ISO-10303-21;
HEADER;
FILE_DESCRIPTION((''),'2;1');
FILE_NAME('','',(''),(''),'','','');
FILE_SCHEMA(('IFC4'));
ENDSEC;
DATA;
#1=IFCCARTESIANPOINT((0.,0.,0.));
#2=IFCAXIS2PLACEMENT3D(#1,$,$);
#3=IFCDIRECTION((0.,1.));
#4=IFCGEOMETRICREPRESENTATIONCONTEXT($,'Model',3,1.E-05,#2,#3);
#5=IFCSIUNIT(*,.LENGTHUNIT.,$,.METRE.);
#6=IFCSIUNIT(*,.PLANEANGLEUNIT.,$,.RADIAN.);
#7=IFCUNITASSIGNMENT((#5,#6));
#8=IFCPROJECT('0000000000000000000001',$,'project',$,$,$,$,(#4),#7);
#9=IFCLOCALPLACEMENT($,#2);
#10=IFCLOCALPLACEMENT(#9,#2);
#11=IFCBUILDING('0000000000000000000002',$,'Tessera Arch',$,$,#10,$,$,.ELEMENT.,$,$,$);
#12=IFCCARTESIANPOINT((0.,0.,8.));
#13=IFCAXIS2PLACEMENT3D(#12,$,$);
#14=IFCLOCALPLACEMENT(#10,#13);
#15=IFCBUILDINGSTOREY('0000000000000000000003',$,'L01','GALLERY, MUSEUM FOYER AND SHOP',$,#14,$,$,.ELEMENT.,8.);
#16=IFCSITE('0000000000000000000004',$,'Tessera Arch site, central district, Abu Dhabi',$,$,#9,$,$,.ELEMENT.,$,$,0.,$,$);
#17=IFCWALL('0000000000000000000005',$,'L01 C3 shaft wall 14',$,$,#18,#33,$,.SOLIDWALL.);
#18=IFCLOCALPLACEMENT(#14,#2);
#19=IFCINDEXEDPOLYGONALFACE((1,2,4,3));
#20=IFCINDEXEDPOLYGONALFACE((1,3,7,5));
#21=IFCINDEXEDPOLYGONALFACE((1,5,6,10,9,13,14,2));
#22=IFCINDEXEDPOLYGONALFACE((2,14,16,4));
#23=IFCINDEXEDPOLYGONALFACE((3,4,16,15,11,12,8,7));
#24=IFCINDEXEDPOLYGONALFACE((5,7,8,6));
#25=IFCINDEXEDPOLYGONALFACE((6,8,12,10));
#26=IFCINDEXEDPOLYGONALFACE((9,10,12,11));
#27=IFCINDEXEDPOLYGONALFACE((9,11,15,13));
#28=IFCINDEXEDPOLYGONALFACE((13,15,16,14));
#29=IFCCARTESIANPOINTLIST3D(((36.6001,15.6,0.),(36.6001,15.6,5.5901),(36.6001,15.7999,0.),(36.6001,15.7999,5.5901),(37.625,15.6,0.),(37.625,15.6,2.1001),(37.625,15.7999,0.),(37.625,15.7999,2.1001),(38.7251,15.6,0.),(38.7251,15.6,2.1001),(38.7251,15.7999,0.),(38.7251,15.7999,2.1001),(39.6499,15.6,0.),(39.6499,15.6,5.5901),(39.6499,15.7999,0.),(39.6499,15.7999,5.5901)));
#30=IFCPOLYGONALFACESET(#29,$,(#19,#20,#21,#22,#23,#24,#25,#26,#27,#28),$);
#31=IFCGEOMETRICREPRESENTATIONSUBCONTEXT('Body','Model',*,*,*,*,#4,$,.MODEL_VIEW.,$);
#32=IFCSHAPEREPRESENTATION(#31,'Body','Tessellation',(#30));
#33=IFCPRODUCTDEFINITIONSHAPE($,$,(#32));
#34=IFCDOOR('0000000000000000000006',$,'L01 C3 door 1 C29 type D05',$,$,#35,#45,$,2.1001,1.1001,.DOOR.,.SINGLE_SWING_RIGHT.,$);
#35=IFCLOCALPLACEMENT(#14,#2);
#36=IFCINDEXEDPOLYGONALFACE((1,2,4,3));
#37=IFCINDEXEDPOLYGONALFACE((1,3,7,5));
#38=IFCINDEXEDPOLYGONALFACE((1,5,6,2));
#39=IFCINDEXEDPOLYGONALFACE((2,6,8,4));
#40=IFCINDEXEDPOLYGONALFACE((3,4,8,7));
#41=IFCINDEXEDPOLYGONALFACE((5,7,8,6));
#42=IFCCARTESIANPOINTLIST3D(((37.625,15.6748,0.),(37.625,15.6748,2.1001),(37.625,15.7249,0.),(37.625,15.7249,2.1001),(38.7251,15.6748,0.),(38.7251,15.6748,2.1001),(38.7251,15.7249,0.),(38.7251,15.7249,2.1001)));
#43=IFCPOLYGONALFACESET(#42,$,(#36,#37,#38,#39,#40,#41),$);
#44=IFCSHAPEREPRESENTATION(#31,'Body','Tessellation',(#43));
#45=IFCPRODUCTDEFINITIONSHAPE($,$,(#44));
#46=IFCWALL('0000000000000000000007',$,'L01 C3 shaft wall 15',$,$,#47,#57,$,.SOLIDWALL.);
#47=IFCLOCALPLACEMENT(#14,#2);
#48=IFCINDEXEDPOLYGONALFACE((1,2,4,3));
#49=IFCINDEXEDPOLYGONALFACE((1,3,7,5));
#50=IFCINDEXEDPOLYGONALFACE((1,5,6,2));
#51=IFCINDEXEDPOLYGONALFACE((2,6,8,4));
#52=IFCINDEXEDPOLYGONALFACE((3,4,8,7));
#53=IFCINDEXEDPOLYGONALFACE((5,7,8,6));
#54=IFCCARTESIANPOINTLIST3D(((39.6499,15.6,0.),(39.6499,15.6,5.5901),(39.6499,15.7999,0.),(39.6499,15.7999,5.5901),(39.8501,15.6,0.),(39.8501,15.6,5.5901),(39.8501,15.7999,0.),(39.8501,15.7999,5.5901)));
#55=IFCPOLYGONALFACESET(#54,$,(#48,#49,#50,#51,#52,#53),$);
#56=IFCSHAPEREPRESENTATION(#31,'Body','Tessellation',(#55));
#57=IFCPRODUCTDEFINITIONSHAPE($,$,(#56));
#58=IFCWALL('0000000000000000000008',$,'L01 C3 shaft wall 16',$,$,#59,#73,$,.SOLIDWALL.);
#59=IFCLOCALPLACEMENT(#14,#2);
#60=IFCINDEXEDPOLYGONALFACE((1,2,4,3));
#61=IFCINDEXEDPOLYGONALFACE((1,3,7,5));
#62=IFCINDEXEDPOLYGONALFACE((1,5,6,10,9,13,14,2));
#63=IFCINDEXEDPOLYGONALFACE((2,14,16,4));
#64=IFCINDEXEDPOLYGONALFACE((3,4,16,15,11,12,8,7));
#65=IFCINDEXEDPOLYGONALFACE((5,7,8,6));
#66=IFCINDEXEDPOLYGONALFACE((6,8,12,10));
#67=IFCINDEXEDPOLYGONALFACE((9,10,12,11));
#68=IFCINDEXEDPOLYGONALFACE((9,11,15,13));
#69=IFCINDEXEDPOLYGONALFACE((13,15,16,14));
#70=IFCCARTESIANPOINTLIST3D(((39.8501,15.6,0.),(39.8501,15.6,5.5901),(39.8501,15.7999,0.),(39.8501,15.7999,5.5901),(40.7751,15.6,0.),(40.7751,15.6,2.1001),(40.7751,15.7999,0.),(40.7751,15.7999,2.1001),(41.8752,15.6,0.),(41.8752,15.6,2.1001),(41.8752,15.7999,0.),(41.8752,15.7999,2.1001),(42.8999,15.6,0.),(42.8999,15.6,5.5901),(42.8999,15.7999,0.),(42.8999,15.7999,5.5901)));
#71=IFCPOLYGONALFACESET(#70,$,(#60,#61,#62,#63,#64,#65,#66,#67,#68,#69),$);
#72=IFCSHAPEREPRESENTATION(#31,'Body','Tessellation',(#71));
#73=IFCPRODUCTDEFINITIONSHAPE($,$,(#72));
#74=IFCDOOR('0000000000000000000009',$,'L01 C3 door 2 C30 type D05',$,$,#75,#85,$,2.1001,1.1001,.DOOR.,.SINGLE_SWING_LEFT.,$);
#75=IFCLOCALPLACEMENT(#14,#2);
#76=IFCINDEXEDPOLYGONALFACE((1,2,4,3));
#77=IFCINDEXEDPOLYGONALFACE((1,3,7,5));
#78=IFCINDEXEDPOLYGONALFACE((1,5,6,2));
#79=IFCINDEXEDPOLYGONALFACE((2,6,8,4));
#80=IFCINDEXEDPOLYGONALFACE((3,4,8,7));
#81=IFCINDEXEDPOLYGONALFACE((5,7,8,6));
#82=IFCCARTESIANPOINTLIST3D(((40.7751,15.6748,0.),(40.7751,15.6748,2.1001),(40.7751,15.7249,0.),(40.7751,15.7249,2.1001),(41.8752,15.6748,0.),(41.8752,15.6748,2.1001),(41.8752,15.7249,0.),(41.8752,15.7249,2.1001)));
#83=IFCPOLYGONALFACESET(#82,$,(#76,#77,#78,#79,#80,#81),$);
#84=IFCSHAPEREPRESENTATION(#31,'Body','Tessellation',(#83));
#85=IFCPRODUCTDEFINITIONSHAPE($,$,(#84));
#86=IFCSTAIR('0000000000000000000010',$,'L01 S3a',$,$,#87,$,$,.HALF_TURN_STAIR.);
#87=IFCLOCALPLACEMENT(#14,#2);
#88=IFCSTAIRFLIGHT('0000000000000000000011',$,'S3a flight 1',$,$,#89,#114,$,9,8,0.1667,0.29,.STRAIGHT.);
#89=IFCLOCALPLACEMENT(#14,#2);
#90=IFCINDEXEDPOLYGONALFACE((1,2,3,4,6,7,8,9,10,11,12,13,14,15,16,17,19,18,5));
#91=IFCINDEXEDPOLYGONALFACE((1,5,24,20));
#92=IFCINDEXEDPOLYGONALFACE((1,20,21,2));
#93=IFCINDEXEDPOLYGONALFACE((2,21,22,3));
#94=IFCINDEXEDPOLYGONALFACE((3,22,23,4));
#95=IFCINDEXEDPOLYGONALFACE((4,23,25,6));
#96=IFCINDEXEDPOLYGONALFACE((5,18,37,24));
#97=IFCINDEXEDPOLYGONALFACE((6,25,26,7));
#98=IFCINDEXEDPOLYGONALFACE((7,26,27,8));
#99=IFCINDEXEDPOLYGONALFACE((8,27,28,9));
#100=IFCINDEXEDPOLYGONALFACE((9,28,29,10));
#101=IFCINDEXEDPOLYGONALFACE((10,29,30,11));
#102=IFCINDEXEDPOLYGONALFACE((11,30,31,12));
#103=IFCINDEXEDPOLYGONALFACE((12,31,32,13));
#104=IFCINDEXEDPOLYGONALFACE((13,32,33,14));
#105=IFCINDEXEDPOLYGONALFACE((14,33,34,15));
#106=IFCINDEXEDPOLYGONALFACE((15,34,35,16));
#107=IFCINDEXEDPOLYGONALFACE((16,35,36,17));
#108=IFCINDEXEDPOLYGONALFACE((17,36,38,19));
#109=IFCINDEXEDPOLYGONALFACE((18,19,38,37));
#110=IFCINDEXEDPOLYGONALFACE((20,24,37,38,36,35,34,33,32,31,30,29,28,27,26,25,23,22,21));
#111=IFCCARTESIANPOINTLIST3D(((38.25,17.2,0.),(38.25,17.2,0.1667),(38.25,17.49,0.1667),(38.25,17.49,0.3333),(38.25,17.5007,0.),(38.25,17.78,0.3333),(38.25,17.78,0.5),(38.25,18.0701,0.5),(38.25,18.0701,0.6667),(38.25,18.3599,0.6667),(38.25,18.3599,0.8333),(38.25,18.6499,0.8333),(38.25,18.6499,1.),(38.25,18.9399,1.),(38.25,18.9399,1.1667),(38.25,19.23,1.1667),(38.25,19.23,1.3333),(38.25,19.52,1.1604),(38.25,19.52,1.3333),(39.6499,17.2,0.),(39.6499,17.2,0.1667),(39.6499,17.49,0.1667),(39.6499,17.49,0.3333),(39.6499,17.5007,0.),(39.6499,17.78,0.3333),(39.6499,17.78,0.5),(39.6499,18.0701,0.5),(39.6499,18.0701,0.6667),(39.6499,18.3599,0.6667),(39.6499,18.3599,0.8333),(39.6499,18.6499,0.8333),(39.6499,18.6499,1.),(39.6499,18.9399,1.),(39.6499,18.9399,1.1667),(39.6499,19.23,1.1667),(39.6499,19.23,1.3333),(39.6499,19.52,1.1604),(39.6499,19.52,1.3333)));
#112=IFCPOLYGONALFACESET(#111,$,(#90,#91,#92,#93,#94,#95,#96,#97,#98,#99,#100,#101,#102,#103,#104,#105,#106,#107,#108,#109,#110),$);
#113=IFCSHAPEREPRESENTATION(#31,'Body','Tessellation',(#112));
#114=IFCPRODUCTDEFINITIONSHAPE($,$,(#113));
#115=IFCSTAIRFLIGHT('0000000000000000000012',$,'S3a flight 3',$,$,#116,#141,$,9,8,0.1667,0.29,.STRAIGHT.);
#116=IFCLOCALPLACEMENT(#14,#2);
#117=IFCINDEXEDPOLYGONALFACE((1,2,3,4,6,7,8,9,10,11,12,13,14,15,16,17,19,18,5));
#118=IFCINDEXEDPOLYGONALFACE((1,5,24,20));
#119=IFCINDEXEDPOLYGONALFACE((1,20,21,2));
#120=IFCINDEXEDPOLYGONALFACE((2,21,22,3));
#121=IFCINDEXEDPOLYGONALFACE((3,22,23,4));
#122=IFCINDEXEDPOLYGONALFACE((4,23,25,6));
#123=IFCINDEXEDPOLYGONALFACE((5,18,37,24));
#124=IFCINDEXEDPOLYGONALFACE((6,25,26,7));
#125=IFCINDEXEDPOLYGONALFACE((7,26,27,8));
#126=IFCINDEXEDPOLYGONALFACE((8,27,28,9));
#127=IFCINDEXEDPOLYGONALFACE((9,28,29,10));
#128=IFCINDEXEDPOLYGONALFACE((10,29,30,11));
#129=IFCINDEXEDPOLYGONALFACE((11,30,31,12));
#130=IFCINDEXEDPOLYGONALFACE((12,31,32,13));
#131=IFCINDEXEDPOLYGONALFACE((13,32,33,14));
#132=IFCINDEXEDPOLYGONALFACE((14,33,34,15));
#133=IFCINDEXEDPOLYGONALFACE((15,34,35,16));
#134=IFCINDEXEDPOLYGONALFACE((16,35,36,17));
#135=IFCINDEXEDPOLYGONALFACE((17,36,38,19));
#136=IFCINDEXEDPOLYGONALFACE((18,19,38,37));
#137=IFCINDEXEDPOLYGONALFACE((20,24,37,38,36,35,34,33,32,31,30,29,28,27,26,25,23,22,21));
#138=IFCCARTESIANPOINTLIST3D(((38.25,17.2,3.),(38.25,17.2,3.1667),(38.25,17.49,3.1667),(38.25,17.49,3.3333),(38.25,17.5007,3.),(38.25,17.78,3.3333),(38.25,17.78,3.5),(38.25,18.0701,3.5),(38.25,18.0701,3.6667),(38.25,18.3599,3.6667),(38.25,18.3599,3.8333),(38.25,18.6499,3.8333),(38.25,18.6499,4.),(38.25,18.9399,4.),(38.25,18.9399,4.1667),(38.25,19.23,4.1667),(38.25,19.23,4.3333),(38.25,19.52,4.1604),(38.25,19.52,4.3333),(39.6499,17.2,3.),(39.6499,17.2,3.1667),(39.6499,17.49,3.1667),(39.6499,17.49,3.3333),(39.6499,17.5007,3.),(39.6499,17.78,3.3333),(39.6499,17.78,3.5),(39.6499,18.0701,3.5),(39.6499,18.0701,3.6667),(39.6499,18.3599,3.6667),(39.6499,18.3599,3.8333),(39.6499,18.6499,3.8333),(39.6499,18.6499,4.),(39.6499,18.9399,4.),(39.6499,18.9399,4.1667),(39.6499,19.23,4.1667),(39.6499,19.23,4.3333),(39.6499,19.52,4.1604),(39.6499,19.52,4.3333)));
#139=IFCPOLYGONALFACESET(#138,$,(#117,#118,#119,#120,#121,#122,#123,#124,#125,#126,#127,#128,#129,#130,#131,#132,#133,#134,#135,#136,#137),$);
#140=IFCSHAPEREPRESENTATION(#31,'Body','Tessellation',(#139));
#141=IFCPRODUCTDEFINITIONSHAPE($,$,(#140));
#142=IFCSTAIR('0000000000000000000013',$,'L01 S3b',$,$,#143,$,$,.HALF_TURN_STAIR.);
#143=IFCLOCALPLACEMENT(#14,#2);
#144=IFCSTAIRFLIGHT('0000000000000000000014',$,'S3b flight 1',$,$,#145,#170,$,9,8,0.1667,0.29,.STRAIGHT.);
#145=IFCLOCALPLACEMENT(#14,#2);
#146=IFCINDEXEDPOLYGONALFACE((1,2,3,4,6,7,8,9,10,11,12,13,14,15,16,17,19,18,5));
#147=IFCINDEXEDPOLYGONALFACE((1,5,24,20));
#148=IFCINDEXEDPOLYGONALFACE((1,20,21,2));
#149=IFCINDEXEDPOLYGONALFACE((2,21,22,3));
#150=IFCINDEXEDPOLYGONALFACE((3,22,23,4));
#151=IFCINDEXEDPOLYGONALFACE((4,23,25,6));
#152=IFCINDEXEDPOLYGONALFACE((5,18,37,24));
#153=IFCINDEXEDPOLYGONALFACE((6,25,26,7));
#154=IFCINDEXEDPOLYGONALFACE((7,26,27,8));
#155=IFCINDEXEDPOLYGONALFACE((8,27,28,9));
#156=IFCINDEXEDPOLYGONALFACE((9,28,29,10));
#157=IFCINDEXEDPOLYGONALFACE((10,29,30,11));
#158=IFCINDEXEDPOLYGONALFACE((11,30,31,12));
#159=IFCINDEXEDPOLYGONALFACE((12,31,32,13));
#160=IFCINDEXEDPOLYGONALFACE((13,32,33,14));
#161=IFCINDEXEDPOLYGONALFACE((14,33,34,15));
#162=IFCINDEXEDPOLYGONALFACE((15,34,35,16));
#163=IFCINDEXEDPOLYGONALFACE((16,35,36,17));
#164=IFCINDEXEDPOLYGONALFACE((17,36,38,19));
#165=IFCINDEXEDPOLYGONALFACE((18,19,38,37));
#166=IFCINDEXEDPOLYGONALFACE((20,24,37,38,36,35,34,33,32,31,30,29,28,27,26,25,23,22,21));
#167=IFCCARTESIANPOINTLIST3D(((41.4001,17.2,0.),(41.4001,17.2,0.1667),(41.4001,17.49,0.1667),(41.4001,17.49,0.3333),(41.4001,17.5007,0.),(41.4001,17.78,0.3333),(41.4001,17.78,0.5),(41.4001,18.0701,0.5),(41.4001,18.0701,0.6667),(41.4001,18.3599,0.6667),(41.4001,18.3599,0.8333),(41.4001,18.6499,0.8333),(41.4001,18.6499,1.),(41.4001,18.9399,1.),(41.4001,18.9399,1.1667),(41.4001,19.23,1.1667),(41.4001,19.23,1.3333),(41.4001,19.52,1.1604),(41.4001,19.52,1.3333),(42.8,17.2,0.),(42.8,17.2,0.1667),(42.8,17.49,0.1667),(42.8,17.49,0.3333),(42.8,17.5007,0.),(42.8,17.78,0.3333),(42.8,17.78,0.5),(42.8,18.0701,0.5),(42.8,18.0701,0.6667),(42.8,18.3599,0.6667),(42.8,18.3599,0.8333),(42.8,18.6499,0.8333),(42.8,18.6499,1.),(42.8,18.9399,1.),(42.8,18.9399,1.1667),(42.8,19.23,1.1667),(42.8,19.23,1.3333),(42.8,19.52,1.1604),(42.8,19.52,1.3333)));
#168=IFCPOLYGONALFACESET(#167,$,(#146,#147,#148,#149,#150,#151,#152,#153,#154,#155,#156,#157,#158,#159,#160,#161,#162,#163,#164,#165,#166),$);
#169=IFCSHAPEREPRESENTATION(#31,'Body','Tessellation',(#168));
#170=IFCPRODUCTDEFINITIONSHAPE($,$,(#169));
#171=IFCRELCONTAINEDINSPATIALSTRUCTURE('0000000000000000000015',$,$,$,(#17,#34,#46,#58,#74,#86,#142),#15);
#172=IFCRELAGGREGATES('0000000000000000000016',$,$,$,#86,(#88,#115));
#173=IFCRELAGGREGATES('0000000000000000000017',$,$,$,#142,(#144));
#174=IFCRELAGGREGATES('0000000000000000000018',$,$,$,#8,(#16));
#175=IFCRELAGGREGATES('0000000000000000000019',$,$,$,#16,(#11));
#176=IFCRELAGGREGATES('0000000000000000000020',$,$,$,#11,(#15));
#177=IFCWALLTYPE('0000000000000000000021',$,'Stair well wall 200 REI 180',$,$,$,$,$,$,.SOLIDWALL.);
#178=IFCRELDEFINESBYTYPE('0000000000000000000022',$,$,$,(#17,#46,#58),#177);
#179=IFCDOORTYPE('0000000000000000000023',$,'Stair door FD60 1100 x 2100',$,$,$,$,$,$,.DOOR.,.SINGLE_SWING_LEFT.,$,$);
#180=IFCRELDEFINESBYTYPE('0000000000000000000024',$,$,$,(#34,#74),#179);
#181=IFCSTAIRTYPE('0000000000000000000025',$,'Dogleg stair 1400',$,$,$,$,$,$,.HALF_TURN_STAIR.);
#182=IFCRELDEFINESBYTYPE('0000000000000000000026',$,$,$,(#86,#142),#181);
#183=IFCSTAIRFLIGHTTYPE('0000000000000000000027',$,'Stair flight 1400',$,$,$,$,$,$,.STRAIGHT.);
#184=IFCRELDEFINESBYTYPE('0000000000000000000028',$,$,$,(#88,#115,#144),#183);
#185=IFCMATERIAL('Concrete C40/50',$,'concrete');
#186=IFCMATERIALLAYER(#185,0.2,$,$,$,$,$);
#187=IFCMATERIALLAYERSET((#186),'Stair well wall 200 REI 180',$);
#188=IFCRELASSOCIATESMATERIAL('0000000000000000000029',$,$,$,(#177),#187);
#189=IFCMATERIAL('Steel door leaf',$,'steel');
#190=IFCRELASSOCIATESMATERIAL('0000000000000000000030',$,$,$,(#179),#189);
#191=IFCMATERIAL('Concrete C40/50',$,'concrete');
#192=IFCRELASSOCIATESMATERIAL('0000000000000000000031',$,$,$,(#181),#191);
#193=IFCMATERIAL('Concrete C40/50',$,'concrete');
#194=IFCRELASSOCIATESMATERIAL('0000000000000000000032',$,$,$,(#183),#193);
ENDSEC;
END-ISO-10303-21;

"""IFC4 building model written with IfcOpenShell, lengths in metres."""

from ifc_helpers import new_model, si_unit, direction, frame, frame_2d, origin, place, context, subcontext, project, spatial, polyline, rectangle, outline, extrude, material, layer, layer_set, type_object, element, fill, aggregate, save


model = new_model("IFC4")

# Units and contexts
model_context = context("Model", 3, precision=1e-05, world=origin(), true_north=direction((0.0, 1.0)))
body_context = subcontext(model_context, "Body", "Model", "MODEL_VIEW")
ifc_project = project(units=[si_unit("LENGTHUNIT", "METRE"), si_unit("PLANEANGLEUNIT", "RADIAN")], contexts=[model_context])

# Site, building, storey
site_placement = place(None, origin())
site = spatial("IfcSite", under=ifc_project, at=site_placement, Name="Tessera Arch site, central district, Abu Dhabi", CompositionType="ELEMENT", RefElevation=0.0)
building_placement = place(site_placement, origin())
building = spatial("IfcBuilding", under=site, at=building_placement, Name="Tessera Arch", CompositionType="ELEMENT")
storey_placement = place(building_placement, frame((0.0, 0.0, 8.0)))
storey = spatial("IfcBuildingStorey", under=building, at=storey_placement, Name="L01", Description="GALLERY, MUSEUM FOYER AND SHOP", CompositionType="ELEMENT", Elevation=8.0)

# Shared definitions
ifc_material_1 = material(Name="Concrete C40/50", Category="concrete")
ifc_layer_1 = layer(ifc_material_1, 0.2)
ifc_layer_set_1 = layer_set([ifc_layer_1], Name="Stair well wall 200 REI 180")
wall_type_1 = type_object("IfcWallType", Name="Stair well wall 200 REI 180", PredefinedType="SOLIDWALL", material=ifc_layer_set_1)

# Wall, opening, door
wall_1_placement = place(storey_placement, frame((36.6001, 15.7, 0.0), z_axis=(0.0, 0.0, 1.0), x_axis=(1.0, 0.0, 0.0)))
wall_1 = element("IfcWall", 1, at=wall_1_placement, inside=storey, type_object=wall_type_1, Name="L01 C3 shaft wall 14", PredefinedType="SOLIDWALL", context=body_context, shape_type="SweptSolid", body=[
    extrude(rectangle(XDim=3.0498, YDim=0.2, at=frame_2d((1.5249, 0.0))), origin(), (0.0, 0.0, 1.0), 5.5901),
])
opening_1_placement = place(wall_1_placement, frame((1.0249, 0.0, 0.0)))
opening_1 = element("IfcOpeningElement", 2, at=opening_1_placement, cuts=wall_1, PredefinedType="OPENING", context=body_context, shape_type="SweptSolid", body=[
    extrude(rectangle(XDim=1.1001, YDim=2.1001, at=frame_2d((0.55, 1.05))), frame((0.0, 0.1099, 0.0), z_axis=(0.0, -1.0, 0.0), x_axis=(1.0, 0.0, 0.0)), (0.0, 0.0, 1.0), 0.22),
])
ifc_material_2 = material(Name="Steel door leaf", Category="steel")
door_type_1 = type_object("IfcDoorType", Name="Stair door FD60 1100 x 2100", OperationType="SINGLE_SWING_LEFT", PredefinedType="DOOR", material=ifc_material_2)
door_1_placement = place(opening_1_placement, origin())
door_1 = element("IfcDoor", 3, at=door_1_placement, inside=storey, type_object=door_type_1, Name="L01 C3 door 1 C29 type D05", OperationType="SINGLE_SWING_RIGHT", OverallHeight=2.1001, OverallWidth=1.1001, PredefinedType="DOOR", context=body_context, shape_type="SweptSolid", body=[
    extrude(rectangle(XDim=1.1001, YDim=2.1001, at=frame_2d((0.55, 1.05))), frame((0.0, 0.0249, 0.0), z_axis=(0.0, -1.0, 0.0), x_axis=(1.0, 0.0, 0.0)), (0.0, 0.0, 1.0), 0.05),
])
fill(opening_1, door_1)

# Wall
wall_2_placement = place(storey_placement, frame((39.6499, 15.7, 0.0), z_axis=(0.0, 0.0, 1.0), x_axis=(1.0, 0.0, 0.0)))
element("IfcWall", 4, at=wall_2_placement, inside=storey, type_object=wall_type_1, Name="L01 C3 shaft wall 15", PredefinedType="SOLIDWALL", context=body_context, shape_type="SweptSolid", body=[
    extrude(rectangle(XDim=0.2002, YDim=0.2, at=frame_2d((0.1001, 0.0))), origin(), (0.0, 0.0, 1.0), 5.5901),
])

# Wall, opening, door
wall_3_placement = place(storey_placement, frame((39.8501, 15.7, 0.0), z_axis=(0.0, 0.0, 1.0), x_axis=(1.0, 0.0, 0.0)))
wall_3 = element("IfcWall", 5, at=wall_3_placement, inside=storey, type_object=wall_type_1, Name="L01 C3 shaft wall 16", PredefinedType="SOLIDWALL", context=body_context, shape_type="SweptSolid", body=[
    extrude(rectangle(XDim=3.0498, YDim=0.2, at=frame_2d((1.5249, 0.0))), origin(), (0.0, 0.0, 1.0), 5.5901),
])
opening_2_placement = place(wall_3_placement, frame((0.925, 0.0, 0.0)))
opening_2 = element("IfcOpeningElement", 6, at=opening_2_placement, cuts=wall_3, PredefinedType="OPENING", context=body_context, shape_type="SweptSolid", body=[
    extrude(rectangle(XDim=1.1001, YDim=2.1001, at=frame_2d((0.55, 1.05))), frame((0.0, 0.1099, 0.0), z_axis=(0.0, -1.0, 0.0), x_axis=(1.0, 0.0, 0.0)), (0.0, 0.0, 1.0), 0.22),
])
door_2_placement = place(opening_2_placement, origin())
door_2 = element("IfcDoor", 7, at=door_2_placement, inside=storey, type_object=door_type_1, Name="L01 C3 door 2 C30 type D05", OperationType="SINGLE_SWING_LEFT", OverallHeight=2.1001, OverallWidth=1.1001, PredefinedType="DOOR", context=body_context, shape_type="SweptSolid", body=[
    extrude(rectangle(XDim=1.1001, YDim=2.1001, at=frame_2d((0.55, 1.05))), frame((0.0, 0.0249, 0.0), z_axis=(0.0, -1.0, 0.0), x_axis=(1.0, 0.0, 0.0)), (0.0, 0.0, 1.0), 0.05),
])
fill(opening_2, door_2)

# Stairs, stair flights
ifc_material_3 = material(Name="Concrete C40/50", Category="concrete")
stair_type = type_object("IfcStairType", Name="Dogleg stair 1400", PredefinedType="HALF_TURN_STAIR", material=ifc_material_3)
stair_1_placement = place(storey_placement, origin())
stair_1 = element("IfcStair", 8, at=stair_1_placement, inside=storey, type_object=stair_type, Name="L01 S3a", PredefinedType="HALF_TURN_STAIR")
ifc_material_4 = material(Name="Concrete C40/50", Category="concrete")
stair_flight_type = type_object("IfcStairFlightType", Name="Stair flight 1400", PredefinedType="STRAIGHT", material=ifc_material_4)
stair_flight_1_placement = place(storey_placement, frame((38.95, 17.2, 0.0), z_axis=(0.0, 0.0, 1.0), x_axis=(0.0, 1.0, 0.0)))
stair_flight_1 = element("IfcStairFlight", 9, at=stair_flight_1_placement, type_object=stair_flight_type, Name="S3a flight 1", NumberOfRisers=9, NumberOfTreads=8, PredefinedType="STRAIGHT", RiserHeight=0.1667, TreadLength=0.29, context=body_context, shape_type="SweptSolid", body=[
    extrude(outline(polyline([(0.0, 0.0), (0.0, 0.1667), (0.29, 0.1667), (0.29, 0.3333), (0.5801, 0.3333), (0.5801, 0.5), (0.8701, 0.5), (0.8701, 0.6667), (1.1599, 0.6667), (1.1599, 0.8333), (1.45, 0.8333), (1.45, 1.0), (1.74, 1.0), (1.74, 1.1667), (2.03, 1.1667), (2.03, 1.3333), (2.3201, 1.3333), (2.3201, 1.5), (2.3201, 1.1604), (0.3008, 0.0), (0.0, 0.0)])), frame((0.0, 0.7, 0.0), z_axis=(0.0, -1.0, 0.0), x_axis=(1.0, 0.0, 0.0)), (0.0, 0.0, 1.0), 1.3999),
])
stair_flight_2_placement = place(storey_placement, frame((38.95, 17.2, 3.0), z_axis=(0.0, 0.0, 1.0), x_axis=(0.0, 1.0, 0.0)))
stair_flight_2 = element("IfcStairFlight", 10, at=stair_flight_2_placement, type_object=stair_flight_type, Name="S3a flight 3", NumberOfRisers=9, NumberOfTreads=8, PredefinedType="STRAIGHT", RiserHeight=0.1667, TreadLength=0.29, context=body_context, shape_type="SweptSolid", body=[
    extrude(outline(polyline([(0.0, 0.0), (0.0, 0.1667), (0.29, 0.1667), (0.29, 0.3333), (0.5801, 0.3333), (0.5801, 0.5), (0.8701, 0.5), (0.8701, 0.6667), (1.1599, 0.6667), (1.1599, 0.8333), (1.45, 0.8333), (1.45, 1.0), (1.74, 1.0), (1.74, 1.1667), (2.03, 1.1667), (2.03, 1.3333), (2.3201, 1.3333), (2.3201, 1.5), (2.3201, 1.1604), (0.3008, 0.0), (0.0, 0.0)])), frame((0.0, 0.7, 0.0), z_axis=(0.0, -1.0, 0.0), x_axis=(1.0, 0.0, 0.0)), (0.0, 0.0, 1.0), 1.3999),
])
aggregate(stair_1, [stair_flight_1, stair_flight_2])
stair_2_placement = place(storey_placement, origin())
stair_2 = element("IfcStair", 11, at=stair_2_placement, inside=storey, type_object=stair_type, Name="L01 S3b", PredefinedType="HALF_TURN_STAIR")
stair_flight_3_placement = place(storey_placement, frame((42.1001, 17.2, 0.0), z_axis=(0.0, 0.0, 1.0), x_axis=(0.0, 1.0, 0.0)))
stair_flight_3 = element("IfcStairFlight", 12, at=stair_flight_3_placement, type_object=stair_flight_type, Name="S3b flight 1", NumberOfRisers=9, NumberOfTreads=8, PredefinedType="STRAIGHT", RiserHeight=0.1667, TreadLength=0.29, context=body_context, shape_type="SweptSolid", body=[
    extrude(outline(polyline([(0.0, 0.0), (0.0, 0.1667), (0.29, 0.1667), (0.29, 0.3333), (0.5801, 0.3333), (0.5801, 0.5), (0.8701, 0.5), (0.8701, 0.6667), (1.1599, 0.6667), (1.1599, 0.8333), (1.45, 0.8333), (1.45, 1.0), (1.74, 1.0), (1.74, 1.1667), (2.03, 1.1667), (2.03, 1.3333), (2.3201, 1.3333), (2.3201, 1.5), (2.3201, 1.1604), (0.3008, 0.0), (0.0, 0.0)])), frame((0.0, 0.7, 0.0), z_axis=(0.0, -1.0, 0.0), x_axis=(1.0, 0.0, 0.0)), (0.0, 0.0, 1.0), 1.3999),
])
aggregate(stair_2, [stair_flight_3])

save(model, "model.ifc")
